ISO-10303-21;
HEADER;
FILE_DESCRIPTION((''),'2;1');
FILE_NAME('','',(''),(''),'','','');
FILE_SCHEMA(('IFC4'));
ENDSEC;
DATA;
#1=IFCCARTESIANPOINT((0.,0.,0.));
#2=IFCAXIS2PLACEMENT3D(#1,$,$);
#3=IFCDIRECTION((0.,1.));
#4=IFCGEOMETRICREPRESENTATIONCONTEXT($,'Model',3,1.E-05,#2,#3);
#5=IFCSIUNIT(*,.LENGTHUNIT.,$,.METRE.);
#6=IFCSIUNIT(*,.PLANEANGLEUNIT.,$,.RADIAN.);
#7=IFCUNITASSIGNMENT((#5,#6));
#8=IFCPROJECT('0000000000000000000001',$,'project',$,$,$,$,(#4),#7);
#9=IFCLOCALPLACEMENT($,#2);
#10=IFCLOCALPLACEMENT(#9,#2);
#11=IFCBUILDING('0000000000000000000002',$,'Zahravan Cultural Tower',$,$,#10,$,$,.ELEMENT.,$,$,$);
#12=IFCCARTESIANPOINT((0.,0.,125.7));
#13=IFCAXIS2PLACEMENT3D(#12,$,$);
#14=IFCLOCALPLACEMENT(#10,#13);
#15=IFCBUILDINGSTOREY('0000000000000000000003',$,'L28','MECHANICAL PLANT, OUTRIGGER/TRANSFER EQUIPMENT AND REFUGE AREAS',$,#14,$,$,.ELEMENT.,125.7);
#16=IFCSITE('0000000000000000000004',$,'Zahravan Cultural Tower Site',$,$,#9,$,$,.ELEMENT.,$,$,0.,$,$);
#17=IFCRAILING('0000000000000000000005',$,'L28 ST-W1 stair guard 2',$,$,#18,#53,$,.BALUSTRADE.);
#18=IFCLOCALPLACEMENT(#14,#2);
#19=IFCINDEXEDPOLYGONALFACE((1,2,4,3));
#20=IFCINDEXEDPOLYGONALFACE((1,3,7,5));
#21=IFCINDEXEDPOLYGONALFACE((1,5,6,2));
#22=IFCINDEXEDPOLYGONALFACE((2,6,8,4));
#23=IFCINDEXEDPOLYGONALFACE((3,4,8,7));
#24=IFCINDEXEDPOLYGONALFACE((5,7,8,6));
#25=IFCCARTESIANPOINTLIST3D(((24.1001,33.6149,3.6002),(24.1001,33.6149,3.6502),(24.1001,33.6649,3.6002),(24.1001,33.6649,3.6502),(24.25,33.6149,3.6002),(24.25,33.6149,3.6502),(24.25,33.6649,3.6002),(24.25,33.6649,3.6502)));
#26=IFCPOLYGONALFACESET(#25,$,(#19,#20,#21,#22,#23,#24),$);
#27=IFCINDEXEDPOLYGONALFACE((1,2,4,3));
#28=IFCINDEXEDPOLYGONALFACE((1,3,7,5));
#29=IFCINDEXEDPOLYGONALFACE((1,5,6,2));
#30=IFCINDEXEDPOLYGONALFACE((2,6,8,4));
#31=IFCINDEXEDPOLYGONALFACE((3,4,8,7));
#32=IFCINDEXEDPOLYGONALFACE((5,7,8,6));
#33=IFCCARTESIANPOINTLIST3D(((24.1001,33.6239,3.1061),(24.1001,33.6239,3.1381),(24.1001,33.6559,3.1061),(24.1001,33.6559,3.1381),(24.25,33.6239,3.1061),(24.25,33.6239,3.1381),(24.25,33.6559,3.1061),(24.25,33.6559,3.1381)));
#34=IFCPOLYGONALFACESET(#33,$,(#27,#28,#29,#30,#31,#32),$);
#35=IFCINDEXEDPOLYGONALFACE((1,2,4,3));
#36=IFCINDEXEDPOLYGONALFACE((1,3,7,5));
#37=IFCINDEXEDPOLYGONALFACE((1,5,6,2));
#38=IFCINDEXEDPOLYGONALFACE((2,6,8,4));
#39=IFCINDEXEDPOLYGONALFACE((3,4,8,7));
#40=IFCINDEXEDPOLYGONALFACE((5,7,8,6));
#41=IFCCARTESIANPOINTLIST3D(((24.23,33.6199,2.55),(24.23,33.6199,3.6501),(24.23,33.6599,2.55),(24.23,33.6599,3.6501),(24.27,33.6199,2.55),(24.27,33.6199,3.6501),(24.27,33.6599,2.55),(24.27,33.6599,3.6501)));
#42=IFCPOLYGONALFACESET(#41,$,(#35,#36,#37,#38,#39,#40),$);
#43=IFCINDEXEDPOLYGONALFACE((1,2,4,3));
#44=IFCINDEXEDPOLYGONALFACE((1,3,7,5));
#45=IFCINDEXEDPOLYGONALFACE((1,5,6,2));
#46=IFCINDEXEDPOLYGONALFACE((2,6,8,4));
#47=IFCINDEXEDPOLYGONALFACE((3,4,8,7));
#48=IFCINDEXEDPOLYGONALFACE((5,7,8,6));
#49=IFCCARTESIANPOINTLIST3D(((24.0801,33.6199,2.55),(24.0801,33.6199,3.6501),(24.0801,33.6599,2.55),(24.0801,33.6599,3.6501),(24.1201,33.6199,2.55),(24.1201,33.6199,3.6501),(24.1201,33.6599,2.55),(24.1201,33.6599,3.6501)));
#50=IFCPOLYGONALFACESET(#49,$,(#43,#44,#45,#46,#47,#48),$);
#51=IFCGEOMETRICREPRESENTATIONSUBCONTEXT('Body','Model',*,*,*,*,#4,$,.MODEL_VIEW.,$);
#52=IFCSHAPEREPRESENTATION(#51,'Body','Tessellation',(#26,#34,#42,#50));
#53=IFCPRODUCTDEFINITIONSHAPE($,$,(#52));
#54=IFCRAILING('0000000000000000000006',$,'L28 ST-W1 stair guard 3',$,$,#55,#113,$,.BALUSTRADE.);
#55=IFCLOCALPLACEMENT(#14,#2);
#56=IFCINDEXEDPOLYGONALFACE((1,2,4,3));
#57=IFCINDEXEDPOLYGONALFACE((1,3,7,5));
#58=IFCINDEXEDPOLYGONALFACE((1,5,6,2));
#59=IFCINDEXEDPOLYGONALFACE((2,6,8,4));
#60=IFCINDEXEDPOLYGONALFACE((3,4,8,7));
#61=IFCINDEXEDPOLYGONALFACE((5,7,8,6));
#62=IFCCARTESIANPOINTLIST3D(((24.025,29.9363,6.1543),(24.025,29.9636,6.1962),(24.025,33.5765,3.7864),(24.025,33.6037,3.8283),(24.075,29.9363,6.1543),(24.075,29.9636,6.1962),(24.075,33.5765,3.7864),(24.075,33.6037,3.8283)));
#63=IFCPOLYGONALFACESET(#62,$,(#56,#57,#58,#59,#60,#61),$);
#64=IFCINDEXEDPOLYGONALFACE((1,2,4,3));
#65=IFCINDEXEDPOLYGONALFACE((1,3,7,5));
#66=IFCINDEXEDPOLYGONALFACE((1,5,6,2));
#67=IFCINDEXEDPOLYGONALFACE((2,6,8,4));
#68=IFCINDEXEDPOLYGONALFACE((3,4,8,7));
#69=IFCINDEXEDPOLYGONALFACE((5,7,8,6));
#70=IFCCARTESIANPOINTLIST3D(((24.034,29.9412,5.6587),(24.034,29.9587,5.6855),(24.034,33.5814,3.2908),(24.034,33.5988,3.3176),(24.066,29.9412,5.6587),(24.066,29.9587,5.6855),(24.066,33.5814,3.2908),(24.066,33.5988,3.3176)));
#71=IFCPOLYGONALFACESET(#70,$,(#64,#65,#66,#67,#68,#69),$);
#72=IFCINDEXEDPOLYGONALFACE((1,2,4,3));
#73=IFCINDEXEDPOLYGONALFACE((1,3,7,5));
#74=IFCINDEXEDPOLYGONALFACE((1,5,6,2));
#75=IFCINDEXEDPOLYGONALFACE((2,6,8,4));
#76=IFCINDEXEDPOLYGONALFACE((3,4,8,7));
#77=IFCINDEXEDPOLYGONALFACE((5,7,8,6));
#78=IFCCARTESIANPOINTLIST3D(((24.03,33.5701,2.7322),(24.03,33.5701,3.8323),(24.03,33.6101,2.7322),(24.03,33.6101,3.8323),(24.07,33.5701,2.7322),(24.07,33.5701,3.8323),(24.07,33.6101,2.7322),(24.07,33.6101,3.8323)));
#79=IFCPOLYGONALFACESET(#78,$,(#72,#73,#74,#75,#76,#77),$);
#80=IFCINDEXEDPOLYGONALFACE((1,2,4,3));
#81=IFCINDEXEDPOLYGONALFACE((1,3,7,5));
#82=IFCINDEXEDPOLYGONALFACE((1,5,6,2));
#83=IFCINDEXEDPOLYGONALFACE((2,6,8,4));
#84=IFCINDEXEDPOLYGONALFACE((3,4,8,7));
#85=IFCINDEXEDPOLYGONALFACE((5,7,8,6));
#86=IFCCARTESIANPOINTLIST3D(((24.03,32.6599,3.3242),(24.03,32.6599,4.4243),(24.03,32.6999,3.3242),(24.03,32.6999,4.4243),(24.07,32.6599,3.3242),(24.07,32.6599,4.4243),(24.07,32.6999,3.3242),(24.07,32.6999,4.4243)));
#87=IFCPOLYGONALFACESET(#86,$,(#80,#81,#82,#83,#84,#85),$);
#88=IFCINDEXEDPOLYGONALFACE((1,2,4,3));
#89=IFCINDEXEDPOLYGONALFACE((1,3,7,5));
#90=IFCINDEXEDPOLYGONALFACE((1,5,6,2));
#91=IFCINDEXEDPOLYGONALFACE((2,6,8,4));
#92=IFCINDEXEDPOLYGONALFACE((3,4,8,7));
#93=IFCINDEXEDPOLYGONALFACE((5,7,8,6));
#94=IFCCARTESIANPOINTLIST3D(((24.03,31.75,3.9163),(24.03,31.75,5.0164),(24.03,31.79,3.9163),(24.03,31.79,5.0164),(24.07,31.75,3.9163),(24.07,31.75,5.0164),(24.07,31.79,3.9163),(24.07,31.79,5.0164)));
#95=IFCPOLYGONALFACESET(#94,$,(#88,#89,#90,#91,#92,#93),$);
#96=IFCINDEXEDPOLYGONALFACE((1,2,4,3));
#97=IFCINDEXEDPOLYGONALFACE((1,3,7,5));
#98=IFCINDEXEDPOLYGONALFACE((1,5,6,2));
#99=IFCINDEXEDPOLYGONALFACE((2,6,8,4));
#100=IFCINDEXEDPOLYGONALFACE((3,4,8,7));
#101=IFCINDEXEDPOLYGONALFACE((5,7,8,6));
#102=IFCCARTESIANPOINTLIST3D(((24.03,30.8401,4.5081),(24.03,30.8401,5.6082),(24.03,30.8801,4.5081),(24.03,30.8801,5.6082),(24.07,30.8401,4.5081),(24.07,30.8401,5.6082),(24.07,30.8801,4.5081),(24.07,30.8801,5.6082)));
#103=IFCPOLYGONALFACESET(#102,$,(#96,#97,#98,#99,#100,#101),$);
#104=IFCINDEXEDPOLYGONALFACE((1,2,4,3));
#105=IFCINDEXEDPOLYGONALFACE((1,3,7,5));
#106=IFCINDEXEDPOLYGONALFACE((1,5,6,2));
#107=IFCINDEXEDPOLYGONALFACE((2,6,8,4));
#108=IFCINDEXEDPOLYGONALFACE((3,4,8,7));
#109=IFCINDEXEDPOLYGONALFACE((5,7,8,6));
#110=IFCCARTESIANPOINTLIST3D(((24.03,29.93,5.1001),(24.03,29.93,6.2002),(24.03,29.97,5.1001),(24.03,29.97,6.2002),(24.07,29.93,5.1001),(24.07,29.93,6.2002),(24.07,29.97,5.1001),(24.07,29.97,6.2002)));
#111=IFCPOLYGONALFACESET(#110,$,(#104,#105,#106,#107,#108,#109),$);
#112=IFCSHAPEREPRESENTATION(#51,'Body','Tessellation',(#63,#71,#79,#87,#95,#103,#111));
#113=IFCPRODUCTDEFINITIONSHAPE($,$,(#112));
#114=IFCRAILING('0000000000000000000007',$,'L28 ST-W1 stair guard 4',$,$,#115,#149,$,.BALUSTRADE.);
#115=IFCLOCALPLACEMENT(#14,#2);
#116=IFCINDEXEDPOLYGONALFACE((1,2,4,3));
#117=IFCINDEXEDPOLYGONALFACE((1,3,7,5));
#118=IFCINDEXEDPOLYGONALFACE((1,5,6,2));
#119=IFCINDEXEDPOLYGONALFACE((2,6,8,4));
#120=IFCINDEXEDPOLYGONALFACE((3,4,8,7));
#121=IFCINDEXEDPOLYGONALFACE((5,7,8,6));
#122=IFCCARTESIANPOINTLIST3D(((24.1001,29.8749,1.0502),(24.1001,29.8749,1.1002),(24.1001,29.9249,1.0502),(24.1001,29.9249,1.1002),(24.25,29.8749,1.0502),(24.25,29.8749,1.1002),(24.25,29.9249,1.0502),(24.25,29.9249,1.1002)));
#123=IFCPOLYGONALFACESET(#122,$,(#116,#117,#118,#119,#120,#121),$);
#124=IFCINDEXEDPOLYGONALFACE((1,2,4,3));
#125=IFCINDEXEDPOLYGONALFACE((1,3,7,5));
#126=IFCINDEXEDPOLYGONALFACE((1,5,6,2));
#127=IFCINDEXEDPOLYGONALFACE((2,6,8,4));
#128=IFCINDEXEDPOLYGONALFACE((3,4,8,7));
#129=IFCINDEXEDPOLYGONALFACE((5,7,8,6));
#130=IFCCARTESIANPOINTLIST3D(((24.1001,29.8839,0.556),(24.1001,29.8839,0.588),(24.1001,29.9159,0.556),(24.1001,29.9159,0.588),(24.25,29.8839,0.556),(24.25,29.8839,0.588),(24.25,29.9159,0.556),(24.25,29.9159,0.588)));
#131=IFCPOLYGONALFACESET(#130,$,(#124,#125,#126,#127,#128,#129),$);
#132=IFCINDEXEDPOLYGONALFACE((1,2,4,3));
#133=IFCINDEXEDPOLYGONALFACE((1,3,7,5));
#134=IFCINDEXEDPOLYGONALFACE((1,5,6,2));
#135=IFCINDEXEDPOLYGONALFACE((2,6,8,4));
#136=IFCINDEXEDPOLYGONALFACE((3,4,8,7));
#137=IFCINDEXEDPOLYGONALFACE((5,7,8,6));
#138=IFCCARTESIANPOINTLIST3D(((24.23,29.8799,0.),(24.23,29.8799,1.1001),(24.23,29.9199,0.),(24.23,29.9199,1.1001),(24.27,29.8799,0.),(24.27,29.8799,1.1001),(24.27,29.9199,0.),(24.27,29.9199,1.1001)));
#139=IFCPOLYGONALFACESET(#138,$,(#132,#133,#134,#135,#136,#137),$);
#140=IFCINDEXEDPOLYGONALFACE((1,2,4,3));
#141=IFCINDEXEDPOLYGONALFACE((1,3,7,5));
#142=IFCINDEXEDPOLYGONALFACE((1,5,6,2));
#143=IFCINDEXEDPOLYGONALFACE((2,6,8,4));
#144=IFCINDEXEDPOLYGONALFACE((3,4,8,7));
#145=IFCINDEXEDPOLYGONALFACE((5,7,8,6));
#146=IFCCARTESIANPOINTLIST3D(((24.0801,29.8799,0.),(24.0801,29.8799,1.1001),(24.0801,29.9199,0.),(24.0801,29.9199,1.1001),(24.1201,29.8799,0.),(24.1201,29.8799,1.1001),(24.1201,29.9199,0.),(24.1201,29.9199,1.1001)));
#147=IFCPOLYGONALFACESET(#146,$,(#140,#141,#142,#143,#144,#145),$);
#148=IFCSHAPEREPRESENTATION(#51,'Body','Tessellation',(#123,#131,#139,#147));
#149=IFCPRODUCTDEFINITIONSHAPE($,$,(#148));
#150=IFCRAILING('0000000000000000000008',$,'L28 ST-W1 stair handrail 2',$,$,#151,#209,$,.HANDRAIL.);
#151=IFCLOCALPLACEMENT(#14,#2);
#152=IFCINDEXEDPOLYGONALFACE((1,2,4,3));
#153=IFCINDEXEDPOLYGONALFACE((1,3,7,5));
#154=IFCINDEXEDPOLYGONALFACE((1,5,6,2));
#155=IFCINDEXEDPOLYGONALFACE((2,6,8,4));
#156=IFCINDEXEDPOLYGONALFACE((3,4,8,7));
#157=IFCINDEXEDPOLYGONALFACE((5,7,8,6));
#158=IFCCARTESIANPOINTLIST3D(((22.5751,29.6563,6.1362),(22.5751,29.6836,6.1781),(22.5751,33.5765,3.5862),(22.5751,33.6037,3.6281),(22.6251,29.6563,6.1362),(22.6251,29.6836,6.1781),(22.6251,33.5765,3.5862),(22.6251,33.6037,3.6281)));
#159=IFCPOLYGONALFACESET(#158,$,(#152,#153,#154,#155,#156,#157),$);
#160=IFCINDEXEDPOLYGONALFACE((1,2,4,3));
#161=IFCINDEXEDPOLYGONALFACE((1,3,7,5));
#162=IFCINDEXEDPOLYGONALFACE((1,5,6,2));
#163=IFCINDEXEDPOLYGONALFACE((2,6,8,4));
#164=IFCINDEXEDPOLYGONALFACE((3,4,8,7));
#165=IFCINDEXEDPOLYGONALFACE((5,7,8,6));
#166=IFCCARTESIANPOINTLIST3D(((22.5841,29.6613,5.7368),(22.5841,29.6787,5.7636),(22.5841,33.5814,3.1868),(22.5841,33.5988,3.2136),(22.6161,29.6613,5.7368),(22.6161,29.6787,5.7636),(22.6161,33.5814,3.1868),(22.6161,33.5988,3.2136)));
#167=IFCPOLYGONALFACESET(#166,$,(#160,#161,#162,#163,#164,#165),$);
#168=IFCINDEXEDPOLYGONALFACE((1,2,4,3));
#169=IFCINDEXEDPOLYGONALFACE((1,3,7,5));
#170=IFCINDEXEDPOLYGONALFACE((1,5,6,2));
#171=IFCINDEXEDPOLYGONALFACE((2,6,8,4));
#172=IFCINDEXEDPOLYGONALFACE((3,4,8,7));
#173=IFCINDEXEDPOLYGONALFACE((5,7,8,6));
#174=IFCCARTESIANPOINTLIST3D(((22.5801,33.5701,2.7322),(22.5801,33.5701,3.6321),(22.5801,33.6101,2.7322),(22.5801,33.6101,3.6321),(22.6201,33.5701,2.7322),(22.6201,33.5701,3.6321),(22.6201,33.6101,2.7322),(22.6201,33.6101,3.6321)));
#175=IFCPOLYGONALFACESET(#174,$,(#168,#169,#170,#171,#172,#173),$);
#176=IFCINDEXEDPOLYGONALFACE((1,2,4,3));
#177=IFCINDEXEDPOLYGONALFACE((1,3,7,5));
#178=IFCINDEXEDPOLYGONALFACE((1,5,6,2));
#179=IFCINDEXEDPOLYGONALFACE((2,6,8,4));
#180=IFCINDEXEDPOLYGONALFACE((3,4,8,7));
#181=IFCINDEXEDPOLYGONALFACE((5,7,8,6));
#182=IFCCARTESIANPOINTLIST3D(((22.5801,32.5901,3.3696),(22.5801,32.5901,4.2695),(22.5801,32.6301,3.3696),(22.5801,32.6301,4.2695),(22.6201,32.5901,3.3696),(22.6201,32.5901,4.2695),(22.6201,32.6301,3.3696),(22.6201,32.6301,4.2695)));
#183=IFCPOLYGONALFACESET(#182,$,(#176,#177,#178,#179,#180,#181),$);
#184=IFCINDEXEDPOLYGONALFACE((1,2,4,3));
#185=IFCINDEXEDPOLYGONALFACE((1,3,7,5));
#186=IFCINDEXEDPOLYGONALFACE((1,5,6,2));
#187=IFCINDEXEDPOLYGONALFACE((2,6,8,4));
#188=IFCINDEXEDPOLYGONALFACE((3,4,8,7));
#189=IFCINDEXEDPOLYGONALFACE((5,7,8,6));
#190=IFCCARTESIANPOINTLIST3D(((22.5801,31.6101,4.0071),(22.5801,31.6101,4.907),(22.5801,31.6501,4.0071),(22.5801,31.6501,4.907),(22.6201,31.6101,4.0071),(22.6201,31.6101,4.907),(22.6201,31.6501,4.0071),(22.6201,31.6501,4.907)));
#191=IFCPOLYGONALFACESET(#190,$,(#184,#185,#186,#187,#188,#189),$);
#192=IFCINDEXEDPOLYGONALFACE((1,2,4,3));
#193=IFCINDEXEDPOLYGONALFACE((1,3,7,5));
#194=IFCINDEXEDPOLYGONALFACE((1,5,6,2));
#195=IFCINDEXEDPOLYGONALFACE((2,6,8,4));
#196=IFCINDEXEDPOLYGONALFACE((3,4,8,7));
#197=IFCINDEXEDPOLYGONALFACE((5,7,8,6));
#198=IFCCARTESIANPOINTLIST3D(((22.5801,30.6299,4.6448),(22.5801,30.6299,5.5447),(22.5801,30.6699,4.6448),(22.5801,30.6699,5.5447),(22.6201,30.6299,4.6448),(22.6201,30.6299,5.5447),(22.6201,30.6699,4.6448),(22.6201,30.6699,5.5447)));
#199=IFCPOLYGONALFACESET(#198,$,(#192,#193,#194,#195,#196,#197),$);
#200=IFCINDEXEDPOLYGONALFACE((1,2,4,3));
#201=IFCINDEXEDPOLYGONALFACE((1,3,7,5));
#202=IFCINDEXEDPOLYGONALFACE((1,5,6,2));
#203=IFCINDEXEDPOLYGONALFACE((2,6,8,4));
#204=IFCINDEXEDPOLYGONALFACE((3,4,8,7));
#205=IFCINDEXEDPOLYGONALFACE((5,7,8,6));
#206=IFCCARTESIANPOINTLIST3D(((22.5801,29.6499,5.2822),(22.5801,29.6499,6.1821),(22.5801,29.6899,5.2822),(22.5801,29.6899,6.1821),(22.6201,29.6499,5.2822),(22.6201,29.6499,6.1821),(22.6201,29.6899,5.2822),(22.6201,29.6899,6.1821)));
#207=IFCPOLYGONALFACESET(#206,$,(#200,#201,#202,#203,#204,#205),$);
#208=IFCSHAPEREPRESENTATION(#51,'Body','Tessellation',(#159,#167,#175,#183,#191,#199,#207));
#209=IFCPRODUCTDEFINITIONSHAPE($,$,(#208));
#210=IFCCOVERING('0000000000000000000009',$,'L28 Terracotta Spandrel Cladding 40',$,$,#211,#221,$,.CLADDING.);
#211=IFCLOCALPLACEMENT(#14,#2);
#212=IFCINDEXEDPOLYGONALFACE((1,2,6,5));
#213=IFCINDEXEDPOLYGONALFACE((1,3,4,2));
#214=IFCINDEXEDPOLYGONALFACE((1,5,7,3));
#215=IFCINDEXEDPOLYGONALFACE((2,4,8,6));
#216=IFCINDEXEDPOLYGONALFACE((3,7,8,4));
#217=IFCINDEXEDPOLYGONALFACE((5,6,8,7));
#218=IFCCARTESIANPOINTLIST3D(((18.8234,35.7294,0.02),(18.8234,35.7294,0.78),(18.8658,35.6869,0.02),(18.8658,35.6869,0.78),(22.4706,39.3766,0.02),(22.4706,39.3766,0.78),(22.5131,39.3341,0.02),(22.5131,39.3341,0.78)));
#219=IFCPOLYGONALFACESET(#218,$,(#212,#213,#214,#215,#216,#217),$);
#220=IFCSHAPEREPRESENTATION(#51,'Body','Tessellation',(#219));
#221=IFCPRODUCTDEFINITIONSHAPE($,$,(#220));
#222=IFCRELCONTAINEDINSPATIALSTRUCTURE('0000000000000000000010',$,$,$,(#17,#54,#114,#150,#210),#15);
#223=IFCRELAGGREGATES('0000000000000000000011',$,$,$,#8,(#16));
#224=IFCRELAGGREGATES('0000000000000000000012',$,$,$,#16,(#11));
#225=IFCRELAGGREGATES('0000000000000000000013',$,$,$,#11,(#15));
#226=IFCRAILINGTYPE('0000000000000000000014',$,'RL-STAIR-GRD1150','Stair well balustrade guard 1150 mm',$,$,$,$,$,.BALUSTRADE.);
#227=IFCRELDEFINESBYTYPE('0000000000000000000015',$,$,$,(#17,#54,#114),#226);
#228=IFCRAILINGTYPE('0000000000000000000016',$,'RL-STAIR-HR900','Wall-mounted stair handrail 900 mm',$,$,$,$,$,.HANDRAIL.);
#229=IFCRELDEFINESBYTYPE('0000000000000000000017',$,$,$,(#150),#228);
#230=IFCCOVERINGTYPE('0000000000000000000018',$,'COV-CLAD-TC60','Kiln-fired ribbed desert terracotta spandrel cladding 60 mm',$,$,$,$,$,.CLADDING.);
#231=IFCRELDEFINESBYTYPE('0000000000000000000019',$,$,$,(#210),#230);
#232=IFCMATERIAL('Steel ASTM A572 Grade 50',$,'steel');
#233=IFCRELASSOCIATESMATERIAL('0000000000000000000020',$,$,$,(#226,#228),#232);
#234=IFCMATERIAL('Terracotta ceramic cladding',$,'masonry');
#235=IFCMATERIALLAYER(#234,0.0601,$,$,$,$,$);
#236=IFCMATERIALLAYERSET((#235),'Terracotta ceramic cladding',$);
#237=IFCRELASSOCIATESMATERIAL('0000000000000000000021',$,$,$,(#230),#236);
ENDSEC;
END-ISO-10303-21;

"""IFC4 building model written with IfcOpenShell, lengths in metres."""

from ifc_helpers import new_model, si_unit, direction, frame, origin, origin_2d, place, context, subcontext, project, spatial, rectangle, extrude, source, transform, mapped, material, layer, layer_set, type_object, element, save


model = new_model("IFC4")

# Units and contexts
model_context = context("Model", 3, precision=1e-05, world=origin(), true_north=direction((0.0, 1.0)))
body_context = subcontext(model_context, "Body", "Model", "MODEL_VIEW")
ifc_project = project(units=[si_unit("LENGTHUNIT", "METRE"), si_unit("PLANEANGLEUNIT", "RADIAN")], contexts=[model_context])

# Site, building, storey
site_placement = place(None, origin())
site = spatial("IfcSite", under=ifc_project, at=site_placement, Name="Zahravan Cultural Tower Site", CompositionType="ELEMENT", RefElevation=0.0)
building_placement = place(site_placement, origin())
building = spatial("IfcBuilding", under=site, at=building_placement, Name="Zahravan Cultural Tower", CompositionType="ELEMENT")
storey_placement = place(building_placement, frame((0.0, 0.0, 125.7)))
storey = spatial("IfcBuildingStorey", under=building, at=storey_placement, Name="L28", Description="MECHANICAL PLANT, OUTRIGGER/TRANSFER EQUIPMENT AND REFUGE AREAS", CompositionType="ELEMENT", Elevation=125.7)

# Railings
ifc_material_1 = material(Name="Steel ASTM A572 Grade 50", Category="steel")
railing_type_1 = type_object("IfcRailingType", Name="RL-STAIR-GRD1150", Description="Stair well balustrade guard 1150 mm", PredefinedType="BALUSTRADE", material=ifc_material_1)
railing_1_placement = place(storey_placement, frame((24.25, 33.6399, 2.55)))
element("IfcRailing", 1, at=railing_1_placement, inside=storey, type_object=railing_type_1, Name="L28 ST-W1 stair guard 2", PredefinedType="BALUSTRADE", context=body_context, shape_type="SweptSolid", body=[
    extrude(rectangle(XDim=0.05, YDim=0.05, at=origin_2d()), frame((0.0, 0.0, 1.0752), z_axis=(-1.0, 0.0, 0.0), x_axis=(0.0, -1.0, 0.0)), (0.0, 0.0, 1.0), 0.1499),
    extrude(rectangle(XDim=0.032, YDim=0.032, at=origin_2d()), frame((0.0, 0.0, 0.572), z_axis=(-1.0, 0.0, 0.0), x_axis=(0.0, -1.0, 0.0)), (0.0, 0.0, 1.0), 0.1499),
    extrude(rectangle(XDim=0.04, YDim=0.04, at=origin_2d()), origin(), (0.0, 0.0, 1.0), 1.1001),
    extrude(rectangle(XDim=0.04, YDim=0.04, at=origin_2d()), frame((-0.1499, 0.0, 0.0)), (0.0, 0.0, 1.0), 1.1001),
])
railing_2_placement = place(storey_placement, frame((24.05, 33.5901, 2.7322)))
element("IfcRailing", 2, at=railing_2_placement, inside=storey, type_object=railing_type_1, Name="L28 ST-W1 stair guard 3", PredefinedType="BALUSTRADE", context=body_context, shape_type="SweptSolid", body=[
    extrude(rectangle(XDim=0.05, YDim=0.05, at=origin_2d()), frame((0.0, 0.0, 1.0752), z_axis=(0.0, -0.838251, 0.545285), x_axis=(1.0, 0.0, 0.0)), (0.0, 0.0, 1.0), 4.3425),
    extrude(rectangle(XDim=0.032, YDim=0.032, at=origin_2d()), frame((0.0, 0.0, 0.572), z_axis=(0.0, -0.838251, 0.545285), x_axis=(1.0, 0.0, 0.0)), (0.0, 0.0, 1.0), 4.3425),
    extrude(rectangle(XDim=0.04, YDim=0.04, at=origin_2d()), origin(), (0.0, 0.0, 1.0), 1.1001),
    extrude(rectangle(XDim=0.04, YDim=0.04, at=origin_2d()), frame((0.0, -0.9102, 0.592)), (0.0, 0.0, 1.0), 1.1001),
    extrude(rectangle(XDim=0.04, YDim=0.04, at=origin_2d()), frame((0.0, -1.8201, 1.1841)), (0.0, 0.0, 1.0), 1.1001),
    extrude(rectangle(XDim=0.04, YDim=0.04, at=origin_2d()), frame((0.0, -2.73, 1.7759)), (0.0, 0.0, 1.0), 1.1001),
    extrude(rectangle(XDim=0.04, YDim=0.04, at=origin_2d()), frame((0.0, -3.6401, 2.3679)), (0.0, 0.0, 1.0), 1.1001),
])
railing_3_placement = place(storey_placement, frame((24.25, 29.8999, 0.0)))
element("IfcRailing", 3, at=railing_3_placement, inside=storey, type_object=railing_type_1, Name="L28 ST-W1 stair guard 4", PredefinedType="BALUSTRADE", context=body_context, shape_type="SweptSolid", body=[
    extrude(rectangle(XDim=0.05, YDim=0.05, at=origin_2d()), frame((0.0, 0.0, 1.0752), z_axis=(-1.0, 0.0, 0.0), x_axis=(0.0, -1.0, 0.0)), (0.0, 0.0, 1.0), 0.1499),
    extrude(rectangle(XDim=0.032, YDim=0.032, at=origin_2d()), frame((0.0, 0.0, 0.572), z_axis=(-1.0, 0.0, 0.0), x_axis=(0.0, -1.0, 0.0)), (0.0, 0.0, 1.0), 0.1499),
    extrude(rectangle(XDim=0.04, YDim=0.04, at=origin_2d()), origin(), (0.0, 0.0, 1.0), 1.1001),
    extrude(rectangle(XDim=0.04, YDim=0.04, at=origin_2d()), frame((-0.1499, 0.0, 0.0)), (0.0, 0.0, 1.0), 1.1001),
])
railing_type_2 = type_object("IfcRailingType", Name="RL-STAIR-HR900", Description="Wall-mounted stair handrail 900 mm", PredefinedType="HANDRAIL", material=ifc_material_1)
railing_4_placement = place(storey_placement, frame((22.6001, 33.5901, 2.7322)))
element("IfcRailing", 4, at=railing_4_placement, inside=storey, type_object=railing_type_2, Name="L28 ST-W1 stair handrail 2", PredefinedType="HANDRAIL", context=body_context, shape_type="SweptSolid", body=[
    extrude(rectangle(XDim=0.05, YDim=0.05, at=origin_2d()), frame((0.0, 0.0, 0.875), z_axis=(0.0, -0.838254, 0.54528), x_axis=(1.0, 0.0, 0.0)), (0.0, 0.0, 1.0), 4.6765),
    extrude(rectangle(XDim=0.032, YDim=0.032, at=origin_2d()), frame((0.0, 0.0, 0.468), z_axis=(0.0, -0.838254, 0.54528), x_axis=(1.0, 0.0, 0.0)), (0.0, 0.0, 1.0), 4.6765),
    extrude(rectangle(XDim=0.04, YDim=0.04, at=origin_2d()), origin(), (0.0, 0.0, 1.0), 0.8999),
    extrude(rectangle(XDim=0.04, YDim=0.04, at=origin_2d()), frame((0.0, -0.98, 0.6375)), (0.0, 0.0, 1.0), 0.8999),
    extrude(rectangle(XDim=0.04, YDim=0.04, at=origin_2d()), frame((0.0, -1.96, 1.2749)), (0.0, 0.0, 1.0), 0.8999),
    extrude(rectangle(XDim=0.04, YDim=0.04, at=origin_2d()), frame((0.0, -2.9402, 1.9126)), (0.0, 0.0, 1.0), 0.8999),
    extrude(rectangle(XDim=0.04, YDim=0.04, at=origin_2d()), frame((0.0, -3.9202, 2.55)), (0.0, 0.0, 1.0), 0.8999),
])

# Covering
ifc_material_2 = material(Name="Terracotta ceramic cladding", Category="masonry")
ifc_layer_1 = layer(ifc_material_2, 0.0601)
ifc_layer_set_1 = layer_set([ifc_layer_1], Name="Terracotta ceramic cladding")
covering_type = type_object("IfcCoveringType", Name="COV-CLAD-TC60", Description="Kiln-fired ribbed desert terracotta spandrel cladding 60 mm", PredefinedType="CLADDING", material=ifc_layer_set_1)
shared_shape_1 = source(origin(), body_context, "Body", "SweptSolid", [
    extrude(rectangle(XDim=5.158, YDim=0.0601, at=origin_2d()), origin(), (0.0, 0.0, 1.0), 0.76),
])
covering_1_placement = place(storey_placement, frame((20.6682, 37.5317, 0.02), z_axis=(0.0, 0.0, 1.0), x_axis=(0.707107, 0.707107, 0.0)))
element("IfcCovering", 5, at=covering_1_placement, inside=storey, type_object=covering_type, Name="L28 Terracotta Spandrel Cladding 40", PredefinedType="CLADDING", context=body_context, shape_type="MappedRepresentation", body=[
    mapped(shared_shape_1, transform((0.0, 0.0, 0.0), x_axis=(1.0, 0.0, 0.0), y_axis=(0.0, 1.0, 0.0), z_axis=(0.0, 0.0, 1.0), scale=1.0)),
])

save(model, "model.ifc")
